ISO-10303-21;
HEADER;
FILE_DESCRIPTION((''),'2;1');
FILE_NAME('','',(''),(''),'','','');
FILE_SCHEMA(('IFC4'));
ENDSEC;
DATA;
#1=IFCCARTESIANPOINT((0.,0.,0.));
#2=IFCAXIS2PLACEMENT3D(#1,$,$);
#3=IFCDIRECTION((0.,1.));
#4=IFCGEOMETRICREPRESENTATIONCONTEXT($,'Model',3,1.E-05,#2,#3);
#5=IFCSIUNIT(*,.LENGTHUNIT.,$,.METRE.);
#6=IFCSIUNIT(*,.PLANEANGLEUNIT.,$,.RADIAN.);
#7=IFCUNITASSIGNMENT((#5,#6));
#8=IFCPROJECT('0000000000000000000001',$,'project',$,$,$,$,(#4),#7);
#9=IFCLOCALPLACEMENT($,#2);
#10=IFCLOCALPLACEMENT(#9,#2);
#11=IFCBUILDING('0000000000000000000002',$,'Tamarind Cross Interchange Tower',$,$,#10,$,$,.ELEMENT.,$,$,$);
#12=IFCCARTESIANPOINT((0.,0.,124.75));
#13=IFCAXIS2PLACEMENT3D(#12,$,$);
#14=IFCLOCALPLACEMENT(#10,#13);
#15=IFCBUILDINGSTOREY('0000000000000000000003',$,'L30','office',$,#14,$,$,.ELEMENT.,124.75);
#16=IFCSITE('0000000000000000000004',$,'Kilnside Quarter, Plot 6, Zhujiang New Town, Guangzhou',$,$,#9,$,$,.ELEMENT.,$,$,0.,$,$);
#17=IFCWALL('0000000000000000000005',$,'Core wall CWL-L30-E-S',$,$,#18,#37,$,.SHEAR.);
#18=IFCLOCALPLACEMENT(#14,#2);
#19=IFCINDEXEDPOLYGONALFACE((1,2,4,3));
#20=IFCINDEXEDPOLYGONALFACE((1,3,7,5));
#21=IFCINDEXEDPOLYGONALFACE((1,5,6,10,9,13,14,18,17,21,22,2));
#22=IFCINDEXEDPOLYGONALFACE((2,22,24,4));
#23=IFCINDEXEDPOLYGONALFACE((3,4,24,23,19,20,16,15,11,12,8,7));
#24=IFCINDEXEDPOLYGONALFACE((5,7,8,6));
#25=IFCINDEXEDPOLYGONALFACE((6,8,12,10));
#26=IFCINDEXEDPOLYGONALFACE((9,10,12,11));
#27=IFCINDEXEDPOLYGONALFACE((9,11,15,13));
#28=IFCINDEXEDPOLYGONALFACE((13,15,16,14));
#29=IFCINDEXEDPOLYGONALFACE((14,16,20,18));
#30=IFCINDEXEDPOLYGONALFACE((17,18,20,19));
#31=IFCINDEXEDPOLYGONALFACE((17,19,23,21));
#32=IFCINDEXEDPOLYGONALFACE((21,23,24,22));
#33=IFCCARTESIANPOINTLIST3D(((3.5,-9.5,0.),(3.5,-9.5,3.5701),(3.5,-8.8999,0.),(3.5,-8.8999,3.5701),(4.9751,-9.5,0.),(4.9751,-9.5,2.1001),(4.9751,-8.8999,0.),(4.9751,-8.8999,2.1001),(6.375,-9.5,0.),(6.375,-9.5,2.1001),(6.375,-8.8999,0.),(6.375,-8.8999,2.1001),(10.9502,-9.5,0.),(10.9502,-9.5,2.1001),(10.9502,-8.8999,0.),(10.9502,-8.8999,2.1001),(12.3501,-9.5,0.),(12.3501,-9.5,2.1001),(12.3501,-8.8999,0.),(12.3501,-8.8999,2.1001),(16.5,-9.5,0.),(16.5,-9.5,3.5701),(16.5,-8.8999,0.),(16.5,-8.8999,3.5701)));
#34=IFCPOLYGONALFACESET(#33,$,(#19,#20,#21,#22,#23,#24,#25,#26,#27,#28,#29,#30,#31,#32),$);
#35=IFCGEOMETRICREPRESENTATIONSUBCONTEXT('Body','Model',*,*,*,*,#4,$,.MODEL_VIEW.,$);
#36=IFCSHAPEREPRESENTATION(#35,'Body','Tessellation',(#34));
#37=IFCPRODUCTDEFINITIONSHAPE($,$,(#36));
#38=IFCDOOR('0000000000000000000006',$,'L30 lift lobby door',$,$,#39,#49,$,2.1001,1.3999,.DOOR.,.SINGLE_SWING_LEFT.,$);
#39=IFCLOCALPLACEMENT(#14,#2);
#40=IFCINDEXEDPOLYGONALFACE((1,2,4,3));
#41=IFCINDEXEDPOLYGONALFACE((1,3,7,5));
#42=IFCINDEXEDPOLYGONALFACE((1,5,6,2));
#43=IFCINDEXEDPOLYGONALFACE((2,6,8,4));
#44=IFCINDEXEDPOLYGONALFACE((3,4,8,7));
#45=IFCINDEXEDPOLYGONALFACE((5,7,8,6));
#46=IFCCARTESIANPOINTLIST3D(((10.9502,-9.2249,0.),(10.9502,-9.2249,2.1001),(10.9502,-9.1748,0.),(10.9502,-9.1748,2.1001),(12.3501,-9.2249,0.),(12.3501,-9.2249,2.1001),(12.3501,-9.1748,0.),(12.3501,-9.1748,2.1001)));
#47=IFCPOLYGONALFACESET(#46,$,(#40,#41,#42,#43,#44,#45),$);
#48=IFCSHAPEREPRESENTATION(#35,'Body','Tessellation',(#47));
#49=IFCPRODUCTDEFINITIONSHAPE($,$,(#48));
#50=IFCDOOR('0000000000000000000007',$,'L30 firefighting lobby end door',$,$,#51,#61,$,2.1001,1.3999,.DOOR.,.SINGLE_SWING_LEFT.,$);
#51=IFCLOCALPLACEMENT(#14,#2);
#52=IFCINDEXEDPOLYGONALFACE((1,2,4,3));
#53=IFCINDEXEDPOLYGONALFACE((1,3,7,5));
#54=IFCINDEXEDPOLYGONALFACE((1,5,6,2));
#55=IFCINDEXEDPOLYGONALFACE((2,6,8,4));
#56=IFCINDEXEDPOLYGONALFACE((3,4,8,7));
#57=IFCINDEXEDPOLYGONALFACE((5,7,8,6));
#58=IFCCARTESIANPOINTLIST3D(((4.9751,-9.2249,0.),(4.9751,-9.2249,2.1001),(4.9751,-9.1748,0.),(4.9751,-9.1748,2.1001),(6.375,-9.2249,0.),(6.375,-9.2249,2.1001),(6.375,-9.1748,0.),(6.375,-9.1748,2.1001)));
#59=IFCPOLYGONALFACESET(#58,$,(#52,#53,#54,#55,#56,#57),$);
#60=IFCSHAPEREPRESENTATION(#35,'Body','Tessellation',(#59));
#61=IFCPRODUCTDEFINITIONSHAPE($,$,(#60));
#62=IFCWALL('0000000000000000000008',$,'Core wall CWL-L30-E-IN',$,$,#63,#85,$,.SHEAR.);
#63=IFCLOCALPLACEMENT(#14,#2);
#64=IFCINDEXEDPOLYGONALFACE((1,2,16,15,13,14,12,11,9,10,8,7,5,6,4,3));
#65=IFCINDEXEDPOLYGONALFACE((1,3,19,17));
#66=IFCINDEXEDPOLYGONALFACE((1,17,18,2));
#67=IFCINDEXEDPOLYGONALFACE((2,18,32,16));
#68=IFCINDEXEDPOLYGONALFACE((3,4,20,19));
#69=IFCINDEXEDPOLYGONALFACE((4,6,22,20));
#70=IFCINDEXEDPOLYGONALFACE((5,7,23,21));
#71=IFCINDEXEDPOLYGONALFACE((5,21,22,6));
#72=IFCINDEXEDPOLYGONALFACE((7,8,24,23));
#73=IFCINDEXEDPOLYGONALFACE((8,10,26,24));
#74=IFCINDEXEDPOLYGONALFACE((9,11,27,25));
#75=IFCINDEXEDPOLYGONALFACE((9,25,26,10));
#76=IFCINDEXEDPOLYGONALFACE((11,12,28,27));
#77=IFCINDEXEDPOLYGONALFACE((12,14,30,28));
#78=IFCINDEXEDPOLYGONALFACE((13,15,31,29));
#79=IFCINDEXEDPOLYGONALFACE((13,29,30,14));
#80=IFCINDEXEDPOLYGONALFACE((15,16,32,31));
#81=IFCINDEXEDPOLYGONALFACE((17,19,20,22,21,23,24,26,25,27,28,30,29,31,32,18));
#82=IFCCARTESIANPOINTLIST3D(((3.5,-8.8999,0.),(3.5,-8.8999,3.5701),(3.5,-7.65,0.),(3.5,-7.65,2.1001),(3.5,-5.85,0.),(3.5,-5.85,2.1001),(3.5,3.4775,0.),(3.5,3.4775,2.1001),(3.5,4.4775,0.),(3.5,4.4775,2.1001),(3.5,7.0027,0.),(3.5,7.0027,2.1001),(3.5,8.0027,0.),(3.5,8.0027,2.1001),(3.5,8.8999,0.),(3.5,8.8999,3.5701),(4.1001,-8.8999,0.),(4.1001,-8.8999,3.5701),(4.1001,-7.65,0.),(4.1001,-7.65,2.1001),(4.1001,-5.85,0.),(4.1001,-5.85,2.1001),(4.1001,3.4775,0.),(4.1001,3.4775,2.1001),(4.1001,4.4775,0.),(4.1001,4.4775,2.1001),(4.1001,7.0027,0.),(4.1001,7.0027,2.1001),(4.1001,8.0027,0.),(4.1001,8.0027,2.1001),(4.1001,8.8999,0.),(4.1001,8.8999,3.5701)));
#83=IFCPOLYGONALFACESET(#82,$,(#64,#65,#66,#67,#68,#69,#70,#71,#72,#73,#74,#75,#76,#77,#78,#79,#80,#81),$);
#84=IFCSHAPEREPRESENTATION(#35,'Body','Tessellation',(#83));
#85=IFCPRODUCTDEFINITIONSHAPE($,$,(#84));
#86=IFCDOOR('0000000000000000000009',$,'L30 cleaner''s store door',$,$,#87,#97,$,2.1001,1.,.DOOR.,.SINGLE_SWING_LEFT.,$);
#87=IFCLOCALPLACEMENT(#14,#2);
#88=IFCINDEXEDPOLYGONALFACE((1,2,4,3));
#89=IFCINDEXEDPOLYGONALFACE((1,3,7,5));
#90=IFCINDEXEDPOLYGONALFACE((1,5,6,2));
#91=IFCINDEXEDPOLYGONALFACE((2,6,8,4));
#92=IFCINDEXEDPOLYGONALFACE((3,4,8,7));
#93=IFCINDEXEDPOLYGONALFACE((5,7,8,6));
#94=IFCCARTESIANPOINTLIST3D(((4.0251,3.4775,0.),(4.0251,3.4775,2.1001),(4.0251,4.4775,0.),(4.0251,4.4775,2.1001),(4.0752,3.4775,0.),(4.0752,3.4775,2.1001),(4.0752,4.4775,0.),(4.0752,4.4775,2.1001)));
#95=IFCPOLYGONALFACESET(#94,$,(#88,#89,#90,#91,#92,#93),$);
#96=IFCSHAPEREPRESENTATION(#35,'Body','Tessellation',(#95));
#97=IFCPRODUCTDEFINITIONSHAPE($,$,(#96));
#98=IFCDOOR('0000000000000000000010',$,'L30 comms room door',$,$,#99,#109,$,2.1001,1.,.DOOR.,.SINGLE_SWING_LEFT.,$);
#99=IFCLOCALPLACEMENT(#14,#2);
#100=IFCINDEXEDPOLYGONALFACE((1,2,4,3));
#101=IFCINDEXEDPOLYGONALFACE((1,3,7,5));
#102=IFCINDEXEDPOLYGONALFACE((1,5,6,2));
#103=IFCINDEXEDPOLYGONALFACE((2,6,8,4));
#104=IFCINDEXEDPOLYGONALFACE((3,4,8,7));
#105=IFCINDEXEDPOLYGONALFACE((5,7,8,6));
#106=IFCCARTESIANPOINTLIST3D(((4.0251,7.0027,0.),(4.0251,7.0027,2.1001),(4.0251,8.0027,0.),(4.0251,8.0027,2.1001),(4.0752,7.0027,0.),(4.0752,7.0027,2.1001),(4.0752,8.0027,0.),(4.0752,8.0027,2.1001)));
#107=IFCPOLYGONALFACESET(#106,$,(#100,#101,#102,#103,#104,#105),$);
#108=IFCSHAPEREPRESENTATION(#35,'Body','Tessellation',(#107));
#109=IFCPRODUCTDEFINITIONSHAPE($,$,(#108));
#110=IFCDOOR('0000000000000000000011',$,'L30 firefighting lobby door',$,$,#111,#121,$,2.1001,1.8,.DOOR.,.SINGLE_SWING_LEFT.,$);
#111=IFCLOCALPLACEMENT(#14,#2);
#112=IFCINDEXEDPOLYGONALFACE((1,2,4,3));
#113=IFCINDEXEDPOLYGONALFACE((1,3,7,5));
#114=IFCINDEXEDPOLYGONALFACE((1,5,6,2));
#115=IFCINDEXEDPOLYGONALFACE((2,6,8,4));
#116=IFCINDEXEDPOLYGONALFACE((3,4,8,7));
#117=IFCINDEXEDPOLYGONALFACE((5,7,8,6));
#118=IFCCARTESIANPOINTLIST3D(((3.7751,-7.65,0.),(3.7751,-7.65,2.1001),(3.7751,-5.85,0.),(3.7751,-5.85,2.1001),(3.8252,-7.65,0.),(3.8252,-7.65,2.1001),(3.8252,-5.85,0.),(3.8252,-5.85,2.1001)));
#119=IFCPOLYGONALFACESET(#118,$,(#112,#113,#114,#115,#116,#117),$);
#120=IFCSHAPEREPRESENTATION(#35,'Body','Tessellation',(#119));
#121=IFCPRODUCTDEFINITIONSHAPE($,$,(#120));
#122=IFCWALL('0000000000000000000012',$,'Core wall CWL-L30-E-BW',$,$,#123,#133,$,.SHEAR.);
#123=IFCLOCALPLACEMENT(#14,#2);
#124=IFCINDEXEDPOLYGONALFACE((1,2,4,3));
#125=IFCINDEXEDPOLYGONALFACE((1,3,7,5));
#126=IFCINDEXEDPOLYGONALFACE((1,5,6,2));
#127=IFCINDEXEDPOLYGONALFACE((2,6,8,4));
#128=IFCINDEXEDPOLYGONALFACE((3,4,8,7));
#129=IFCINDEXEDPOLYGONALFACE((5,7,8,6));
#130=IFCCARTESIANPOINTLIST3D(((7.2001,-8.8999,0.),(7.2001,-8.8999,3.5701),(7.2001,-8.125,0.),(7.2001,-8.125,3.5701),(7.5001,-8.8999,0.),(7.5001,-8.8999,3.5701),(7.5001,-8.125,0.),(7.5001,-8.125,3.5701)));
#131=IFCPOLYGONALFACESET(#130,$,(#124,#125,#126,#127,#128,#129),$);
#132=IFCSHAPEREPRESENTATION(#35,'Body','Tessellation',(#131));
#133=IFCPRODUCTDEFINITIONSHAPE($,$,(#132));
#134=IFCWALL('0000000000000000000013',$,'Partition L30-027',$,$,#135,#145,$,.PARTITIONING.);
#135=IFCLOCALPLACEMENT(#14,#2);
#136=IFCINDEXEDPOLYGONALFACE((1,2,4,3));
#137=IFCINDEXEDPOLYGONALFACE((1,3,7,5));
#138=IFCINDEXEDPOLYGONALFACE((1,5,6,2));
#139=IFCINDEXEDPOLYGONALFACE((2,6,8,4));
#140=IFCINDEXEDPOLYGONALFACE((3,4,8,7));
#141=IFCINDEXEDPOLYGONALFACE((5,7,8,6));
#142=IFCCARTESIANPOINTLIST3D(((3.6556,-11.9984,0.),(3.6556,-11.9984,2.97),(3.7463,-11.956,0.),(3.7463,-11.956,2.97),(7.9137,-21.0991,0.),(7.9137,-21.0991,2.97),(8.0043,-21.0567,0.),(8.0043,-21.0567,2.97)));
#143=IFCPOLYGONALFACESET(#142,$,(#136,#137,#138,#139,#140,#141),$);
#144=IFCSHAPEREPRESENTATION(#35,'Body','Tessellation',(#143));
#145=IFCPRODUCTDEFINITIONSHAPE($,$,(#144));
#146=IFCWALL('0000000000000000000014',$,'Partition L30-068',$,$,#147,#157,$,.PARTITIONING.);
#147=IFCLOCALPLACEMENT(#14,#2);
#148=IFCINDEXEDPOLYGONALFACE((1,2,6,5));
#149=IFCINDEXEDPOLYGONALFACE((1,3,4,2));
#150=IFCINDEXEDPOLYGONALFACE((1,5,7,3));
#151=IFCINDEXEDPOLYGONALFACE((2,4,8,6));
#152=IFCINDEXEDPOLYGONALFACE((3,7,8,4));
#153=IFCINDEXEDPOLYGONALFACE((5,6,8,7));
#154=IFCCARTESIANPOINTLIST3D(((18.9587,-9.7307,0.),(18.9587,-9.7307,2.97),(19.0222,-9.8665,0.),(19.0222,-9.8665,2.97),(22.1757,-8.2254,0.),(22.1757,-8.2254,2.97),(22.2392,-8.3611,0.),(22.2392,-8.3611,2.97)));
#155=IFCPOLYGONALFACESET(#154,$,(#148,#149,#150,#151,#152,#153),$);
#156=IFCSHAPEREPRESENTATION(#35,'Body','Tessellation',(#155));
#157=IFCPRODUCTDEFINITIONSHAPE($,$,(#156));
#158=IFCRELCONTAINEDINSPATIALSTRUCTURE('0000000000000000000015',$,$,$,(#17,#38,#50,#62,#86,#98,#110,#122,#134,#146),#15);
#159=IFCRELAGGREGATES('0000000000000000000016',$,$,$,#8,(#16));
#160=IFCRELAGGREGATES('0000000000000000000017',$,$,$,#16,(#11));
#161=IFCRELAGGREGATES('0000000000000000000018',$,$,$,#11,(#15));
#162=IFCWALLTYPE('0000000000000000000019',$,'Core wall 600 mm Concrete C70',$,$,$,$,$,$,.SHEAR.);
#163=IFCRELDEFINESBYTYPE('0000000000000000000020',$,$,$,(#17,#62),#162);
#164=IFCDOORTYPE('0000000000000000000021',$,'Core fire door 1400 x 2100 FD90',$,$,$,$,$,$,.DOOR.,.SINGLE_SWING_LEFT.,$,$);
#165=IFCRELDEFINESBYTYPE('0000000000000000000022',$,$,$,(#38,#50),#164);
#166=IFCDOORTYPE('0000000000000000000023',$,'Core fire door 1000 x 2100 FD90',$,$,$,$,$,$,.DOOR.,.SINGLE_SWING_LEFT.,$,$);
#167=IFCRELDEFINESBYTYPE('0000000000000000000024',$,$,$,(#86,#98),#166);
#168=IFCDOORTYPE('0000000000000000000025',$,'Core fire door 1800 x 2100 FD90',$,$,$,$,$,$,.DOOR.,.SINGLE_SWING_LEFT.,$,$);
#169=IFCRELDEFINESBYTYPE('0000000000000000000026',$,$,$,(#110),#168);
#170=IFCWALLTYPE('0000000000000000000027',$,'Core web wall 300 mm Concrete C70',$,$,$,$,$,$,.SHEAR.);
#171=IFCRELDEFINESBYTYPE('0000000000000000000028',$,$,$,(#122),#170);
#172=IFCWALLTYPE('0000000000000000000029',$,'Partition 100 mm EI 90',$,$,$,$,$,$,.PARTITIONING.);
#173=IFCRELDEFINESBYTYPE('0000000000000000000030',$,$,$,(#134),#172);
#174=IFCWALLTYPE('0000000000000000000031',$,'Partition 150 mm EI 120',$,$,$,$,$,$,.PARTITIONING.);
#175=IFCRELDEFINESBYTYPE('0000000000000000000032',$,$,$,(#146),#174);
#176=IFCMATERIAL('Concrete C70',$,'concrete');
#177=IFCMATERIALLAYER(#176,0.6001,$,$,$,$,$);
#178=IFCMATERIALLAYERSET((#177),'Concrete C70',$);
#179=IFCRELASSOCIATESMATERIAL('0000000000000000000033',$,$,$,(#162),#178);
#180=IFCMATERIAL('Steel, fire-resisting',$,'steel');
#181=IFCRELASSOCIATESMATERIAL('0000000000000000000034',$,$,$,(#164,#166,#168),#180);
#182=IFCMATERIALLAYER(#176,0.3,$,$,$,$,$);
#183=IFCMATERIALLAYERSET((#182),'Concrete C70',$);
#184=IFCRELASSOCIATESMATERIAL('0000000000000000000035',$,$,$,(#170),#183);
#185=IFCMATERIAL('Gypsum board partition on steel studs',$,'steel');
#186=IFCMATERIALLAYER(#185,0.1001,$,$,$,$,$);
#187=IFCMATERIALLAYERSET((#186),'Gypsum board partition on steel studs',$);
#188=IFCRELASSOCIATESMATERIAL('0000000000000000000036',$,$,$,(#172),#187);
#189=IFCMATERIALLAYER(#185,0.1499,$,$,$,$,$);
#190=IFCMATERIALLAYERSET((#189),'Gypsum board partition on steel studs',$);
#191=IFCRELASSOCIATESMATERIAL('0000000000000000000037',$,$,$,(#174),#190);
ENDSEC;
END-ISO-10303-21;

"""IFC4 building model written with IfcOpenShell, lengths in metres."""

from ifc_helpers import new_model, si_unit, direction, frame, frame_2d, origin, place, context, subcontext, project, spatial, rectangle, extrude, material, layer, layer_set, type_object, element, fill, save


model = new_model("IFC4")

# Units and contexts
model_context = context("Model", 3, precision=1e-05, world=origin(), true_north=direction((0.0, 1.0)))
body_context = subcontext(model_context, "Body", "Model", "MODEL_VIEW")
ifc_project = project(units=[si_unit("LENGTHUNIT", "METRE"), si_unit("PLANEANGLEUNIT", "RADIAN")], contexts=[model_context])

# Site, building, storey
site_placement = place(None, origin())
site = spatial("IfcSite", under=ifc_project, at=site_placement, Name="Kilnside Quarter, Plot 6, Zhujiang New Town, Guangzhou", CompositionType="ELEMENT", RefElevation=0.0)
building_placement = place(site_placement, origin())
building = spatial("IfcBuilding", under=site, at=building_placement, Name="Tamarind Cross Interchange Tower", CompositionType="ELEMENT")
storey_placement = place(building_placement, frame((0.0, 0.0, 124.75)))
storey = spatial("IfcBuildingStorey", under=building, at=storey_placement, Name="L30", Description="office", CompositionType="ELEMENT", Elevation=124.75)

# Walls, openings, doors
ifc_material_1 = material(Name="Concrete C70", Category="concrete")
ifc_layer_1 = layer(ifc_material_1, 0.6001)
ifc_layer_set_1 = layer_set([ifc_layer_1], Name="Concrete C70")
wall_type_1 = type_object("IfcWallType", Name="Core wall 600 mm Concrete C70", PredefinedType="SHEAR", material=ifc_layer_set_1)
wall_1_placement = place(storey_placement, frame((16.5, -9.2, 0.0), z_axis=(0.0, 0.0, 1.0), x_axis=(-1.0, 0.0, 0.0)))
wall_1 = element("IfcWall", 1, at=wall_1_placement, inside=storey, type_object=wall_type_1, Name="Core wall CWL-L30-E-S", PredefinedType="SHEAR", context=body_context, shape_type="SweptSolid", body=[
    extrude(rectangle(XDim=13.0, YDim=0.6001, at=frame_2d((6.5, 0.0))), origin(), (0.0, 0.0, 1.0), 3.5701),
])
opening_1_placement = place(wall_1_placement, frame((4.1499, 0.0, 0.0)))
opening_1 = element("IfcOpeningElement", 2, at=opening_1_placement, cuts=wall_1, PredefinedType="OPENING", context=body_context, shape_type="SweptSolid", body=[
    extrude(rectangle(XDim=1.3999, YDim=2.1001, at=frame_2d((0.7, 1.05))), frame((0.0, 0.3101, 0.0), z_axis=(0.0, -1.0, 0.0), x_axis=(1.0, 0.0, 0.0)), (0.0, 0.0, 1.0), 0.6201),
])
opening_2_placement = place(wall_1_placement, frame((10.125, 0.0, 0.0)))
opening_2 = element("IfcOpeningElement", 3, at=opening_2_placement, cuts=wall_1, PredefinedType="OPENING", context=body_context, shape_type="SweptSolid", body=[
    extrude(rectangle(XDim=1.3999, YDim=2.1001, at=frame_2d((0.7, 1.05))), frame((0.0, 0.3101, 0.0), z_axis=(0.0, -1.0, 0.0), x_axis=(1.0, 0.0, 0.0)), (0.0, 0.0, 1.0), 0.6201),
])
ifc_material_2 = material(Name="Steel, fire-resisting", Category="steel")
door_type_1 = type_object("IfcDoorType", Name="Core fire door 1400 x 2100 FD90", OperationType="SINGLE_SWING_LEFT", PredefinedType="DOOR", material=ifc_material_2)
door_1_placement = place(opening_1_placement, origin())
door_1 = element("IfcDoor", 4, at=door_1_placement, inside=storey, type_object=door_type_1, Name="L30 lift lobby door", OperationType="SINGLE_SWING_LEFT", OverallHeight=2.1001, OverallWidth=1.3999, PredefinedType="DOOR", context=body_context, shape_type="SweptSolid", body=[
    extrude(rectangle(XDim=1.3999, YDim=2.1001, at=frame_2d((0.7, 1.05))), frame((0.0, 0.0249, 0.0), z_axis=(0.0, -1.0, 0.0), x_axis=(1.0, 0.0, 0.0)), (0.0, 0.0, 1.0), 0.05),
])
fill(opening_1, door_1)
door_2_placement = place(opening_2_placement, origin())
door_2 = element("IfcDoor", 5, at=door_2_placement, inside=storey, type_object=door_type_1, Name="L30 firefighting lobby end door", OperationType="SINGLE_SWING_LEFT", OverallHeight=2.1001, OverallWidth=1.3999, PredefinedType="DOOR", context=body_context, shape_type="SweptSolid", body=[
    extrude(rectangle(XDim=1.3999, YDim=2.1001, at=frame_2d((0.7, 1.05))), frame((0.0, 0.0249, 0.0), z_axis=(0.0, -1.0, 0.0), x_axis=(1.0, 0.0, 0.0)), (0.0, 0.0, 1.0), 0.05),
])
fill(opening_2, door_2)
wall_2_placement = place(storey_placement, frame((3.8, -8.8999, 0.0), z_axis=(0.0, 0.0, 1.0), x_axis=(0.0, 1.0, 0.0)))
wall_2 = element("IfcWall", 6, at=wall_2_placement, inside=storey, type_object=wall_type_1, Name="Core wall CWL-L30-E-IN", PredefinedType="SHEAR", context=body_context, shape_type="SweptSolid", body=[
    extrude(rectangle(XDim=17.7998, YDim=0.6001, at=frame_2d((8.8999, 0.0))), origin(), (0.0, 0.0, 1.0), 3.5701),
])
opening_3_placement = place(wall_2_placement, frame((1.25, 0.0, 0.0)))
opening_3 = element("IfcOpeningElement", 7, at=opening_3_placement, cuts=wall_2, PredefinedType="OPENING", context=body_context, shape_type="SweptSolid", body=[
    extrude(rectangle(XDim=1.8, YDim=2.1001, at=frame_2d((0.8999, 1.05))), frame((0.0, 0.3101, 0.0), z_axis=(0.0, -1.0, 0.0), x_axis=(1.0, 0.0, 0.0)), (0.0, 0.0, 1.0), 0.6201),
])
opening_4_placement = place(wall_2_placement, frame((12.3774, 0.0, 0.0)))
opening_4 = element("IfcOpeningElement", 8, at=opening_4_placement, cuts=wall_2, PredefinedType="OPENING", context=body_context, shape_type="SweptSolid", body=[
    extrude(rectangle(XDim=1.0, YDim=2.1001, at=frame_2d((0.5, 1.05))), frame((0.0, 0.3101, 0.0), z_axis=(0.0, -1.0, 0.0), x_axis=(1.0, 0.0, 0.0)), (0.0, 0.0, 1.0), 0.6201),
])
opening_5_placement = place(wall_2_placement, frame((15.9026, 0.0, 0.0)))
opening_5 = element("IfcOpeningElement", 9, at=opening_5_placement, cuts=wall_2, PredefinedType="OPENING", context=body_context, shape_type="SweptSolid", body=[
    extrude(rectangle(XDim=1.0, YDim=2.1001, at=frame_2d((0.5, 1.05))), frame((0.0, 0.3101, 0.0), z_axis=(0.0, -1.0, 0.0), x_axis=(1.0, 0.0, 0.0)), (0.0, 0.0, 1.0), 0.6201),
])
door_type_2 = type_object("IfcDoorType", Name="Core fire door 1000 x 2100 FD90", OperationType="SINGLE_SWING_LEFT", PredefinedType="DOOR", material=ifc_material_2)
door_3_placement = place(opening_4_placement, origin())
door_3 = element("IfcDoor", 10, at=door_3_placement, inside=storey, type_object=door_type_2, Name="L30 cleaner's store door", OperationType="SINGLE_SWING_LEFT", OverallHeight=2.1001, OverallWidth=1.0, PredefinedType="DOOR", context=body_context, shape_type="SweptSolid", body=[
    extrude(rectangle(XDim=1.0, YDim=2.1001, at=frame_2d((0.5, 1.05))), frame((0.0, -0.2251, 0.0), z_axis=(0.0, -1.0, 0.0), x_axis=(1.0, 0.0, 0.0)), (0.0, 0.0, 1.0), 0.05),
])
fill(opening_4, door_3)
door_4_placement = place(opening_5_placement, origin())
door_4 = element("IfcDoor", 11, at=door_4_placement, inside=storey, type_object=door_type_2, Name="L30 comms room door", OperationType="SINGLE_SWING_LEFT", OverallHeight=2.1001, OverallWidth=1.0, PredefinedType="DOOR", context=body_context, shape_type="SweptSolid", body=[
    extrude(rectangle(XDim=1.0, YDim=2.1001, at=frame_2d((0.5, 1.05))), frame((0.0, -0.2251, 0.0), z_axis=(0.0, -1.0, 0.0), x_axis=(1.0, 0.0, 0.0)), (0.0, 0.0, 1.0), 0.05),
])
fill(opening_5, door_4)
door_type_3 = type_object("IfcDoorType", Name="Core fire door 1800 x 2100 FD90", OperationType="SINGLE_SWING_LEFT", PredefinedType="DOOR", material=ifc_material_2)
door_5_placement = place(opening_3_placement, origin())
door_5 = element("IfcDoor", 12, at=door_5_placement, inside=storey, type_object=door_type_3, Name="L30 firefighting lobby door", OperationType="SINGLE_SWING_LEFT", OverallHeight=2.1001, OverallWidth=1.8, PredefinedType="DOOR", context=body_context, shape_type="SweptSolid", body=[
    extrude(rectangle(XDim=1.8, YDim=2.1001, at=frame_2d((0.8999, 1.05))), frame((0.0, 0.0249, 0.0), z_axis=(0.0, -1.0, 0.0), x_axis=(1.0, 0.0, 0.0)), (0.0, 0.0, 1.0), 0.05),
])
fill(opening_3, door_5)

# Walls
ifc_layer_2 = layer(ifc_material_1, 0.3)
ifc_layer_set_2 = layer_set([ifc_layer_2], Name="Concrete C70")
wall_type_2 = type_object("IfcWallType", Name="Core web wall 300 mm Concrete C70", PredefinedType="SHEAR", material=ifc_layer_set_2)
wall_3_placement = place(storey_placement, frame((7.3501, -8.8999, 0.0), z_axis=(0.0, 0.0, 1.0), x_axis=(0.0, 1.0, 0.0)))
element("IfcWall", 13, at=wall_3_placement, inside=storey, type_object=wall_type_2, Name="Core wall CWL-L30-E-BW", PredefinedType="SHEAR", context=body_context, shape_type="SweptSolid", body=[
    extrude(rectangle(XDim=0.7749, YDim=0.3, at=frame_2d((0.3875, 0.0))), origin(), (0.0, 0.0, 1.0), 3.5701),
])
ifc_material_3 = material(Name="Gypsum board partition on steel studs", Category="steel")
ifc_layer_3 = layer(ifc_material_3, 0.1001)
ifc_layer_set_3 = layer_set([ifc_layer_3], Name="Gypsum board partition on steel studs")
wall_type_3 = type_object("IfcWallType", Name="Partition 100 mm EI 90", PredefinedType="PARTITIONING", material=ifc_layer_set_3)
wall_4_placement = place(storey_placement, frame((3.7009, -11.9771, 0.0), z_axis=(0.0, 0.0, 1.0), x_axis=(0.423784, -0.905763, 0.0)))
element("IfcWall", 14, at=wall_4_placement, inside=storey, type_object=wall_type_3, Name="Partition L30-027", PredefinedType="PARTITIONING", context=body_context, shape_type="SweptSolid", body=[
    extrude(rectangle(XDim=10.0476, YDim=0.1001, at=frame_2d((5.0239, 0.0))), origin(), (0.0, 0.0, 1.0), 2.97),
])
ifc_layer_4 = layer(ifc_material_3, 0.1499)
ifc_layer_set_4 = layer_set([ifc_layer_4], Name="Gypsum board partition on steel studs")
wall_type_4 = type_object("IfcWallType", Name="Partition 150 mm EI 120", PredefinedType="PARTITIONING", material=ifc_layer_set_4)
wall_5_placement = place(storey_placement, frame((18.9905, -9.7986, 0.0), z_axis=(0.0, 0.0, 1.0), x_axis=(0.905742, 0.42383, 0.0)))
element("IfcWall", 15, at=wall_5_placement, inside=storey, type_object=wall_type_4, Name="Partition L30-068", PredefinedType="PARTITIONING", context=body_context, shape_type="SweptSolid", body=[
    extrude(rectangle(XDim=3.5518, YDim=0.1499, at=frame_2d((1.7759, 0.0))), origin(), (0.0, 0.0, 1.0), 2.97),
])

save(model, "model.ifc")
